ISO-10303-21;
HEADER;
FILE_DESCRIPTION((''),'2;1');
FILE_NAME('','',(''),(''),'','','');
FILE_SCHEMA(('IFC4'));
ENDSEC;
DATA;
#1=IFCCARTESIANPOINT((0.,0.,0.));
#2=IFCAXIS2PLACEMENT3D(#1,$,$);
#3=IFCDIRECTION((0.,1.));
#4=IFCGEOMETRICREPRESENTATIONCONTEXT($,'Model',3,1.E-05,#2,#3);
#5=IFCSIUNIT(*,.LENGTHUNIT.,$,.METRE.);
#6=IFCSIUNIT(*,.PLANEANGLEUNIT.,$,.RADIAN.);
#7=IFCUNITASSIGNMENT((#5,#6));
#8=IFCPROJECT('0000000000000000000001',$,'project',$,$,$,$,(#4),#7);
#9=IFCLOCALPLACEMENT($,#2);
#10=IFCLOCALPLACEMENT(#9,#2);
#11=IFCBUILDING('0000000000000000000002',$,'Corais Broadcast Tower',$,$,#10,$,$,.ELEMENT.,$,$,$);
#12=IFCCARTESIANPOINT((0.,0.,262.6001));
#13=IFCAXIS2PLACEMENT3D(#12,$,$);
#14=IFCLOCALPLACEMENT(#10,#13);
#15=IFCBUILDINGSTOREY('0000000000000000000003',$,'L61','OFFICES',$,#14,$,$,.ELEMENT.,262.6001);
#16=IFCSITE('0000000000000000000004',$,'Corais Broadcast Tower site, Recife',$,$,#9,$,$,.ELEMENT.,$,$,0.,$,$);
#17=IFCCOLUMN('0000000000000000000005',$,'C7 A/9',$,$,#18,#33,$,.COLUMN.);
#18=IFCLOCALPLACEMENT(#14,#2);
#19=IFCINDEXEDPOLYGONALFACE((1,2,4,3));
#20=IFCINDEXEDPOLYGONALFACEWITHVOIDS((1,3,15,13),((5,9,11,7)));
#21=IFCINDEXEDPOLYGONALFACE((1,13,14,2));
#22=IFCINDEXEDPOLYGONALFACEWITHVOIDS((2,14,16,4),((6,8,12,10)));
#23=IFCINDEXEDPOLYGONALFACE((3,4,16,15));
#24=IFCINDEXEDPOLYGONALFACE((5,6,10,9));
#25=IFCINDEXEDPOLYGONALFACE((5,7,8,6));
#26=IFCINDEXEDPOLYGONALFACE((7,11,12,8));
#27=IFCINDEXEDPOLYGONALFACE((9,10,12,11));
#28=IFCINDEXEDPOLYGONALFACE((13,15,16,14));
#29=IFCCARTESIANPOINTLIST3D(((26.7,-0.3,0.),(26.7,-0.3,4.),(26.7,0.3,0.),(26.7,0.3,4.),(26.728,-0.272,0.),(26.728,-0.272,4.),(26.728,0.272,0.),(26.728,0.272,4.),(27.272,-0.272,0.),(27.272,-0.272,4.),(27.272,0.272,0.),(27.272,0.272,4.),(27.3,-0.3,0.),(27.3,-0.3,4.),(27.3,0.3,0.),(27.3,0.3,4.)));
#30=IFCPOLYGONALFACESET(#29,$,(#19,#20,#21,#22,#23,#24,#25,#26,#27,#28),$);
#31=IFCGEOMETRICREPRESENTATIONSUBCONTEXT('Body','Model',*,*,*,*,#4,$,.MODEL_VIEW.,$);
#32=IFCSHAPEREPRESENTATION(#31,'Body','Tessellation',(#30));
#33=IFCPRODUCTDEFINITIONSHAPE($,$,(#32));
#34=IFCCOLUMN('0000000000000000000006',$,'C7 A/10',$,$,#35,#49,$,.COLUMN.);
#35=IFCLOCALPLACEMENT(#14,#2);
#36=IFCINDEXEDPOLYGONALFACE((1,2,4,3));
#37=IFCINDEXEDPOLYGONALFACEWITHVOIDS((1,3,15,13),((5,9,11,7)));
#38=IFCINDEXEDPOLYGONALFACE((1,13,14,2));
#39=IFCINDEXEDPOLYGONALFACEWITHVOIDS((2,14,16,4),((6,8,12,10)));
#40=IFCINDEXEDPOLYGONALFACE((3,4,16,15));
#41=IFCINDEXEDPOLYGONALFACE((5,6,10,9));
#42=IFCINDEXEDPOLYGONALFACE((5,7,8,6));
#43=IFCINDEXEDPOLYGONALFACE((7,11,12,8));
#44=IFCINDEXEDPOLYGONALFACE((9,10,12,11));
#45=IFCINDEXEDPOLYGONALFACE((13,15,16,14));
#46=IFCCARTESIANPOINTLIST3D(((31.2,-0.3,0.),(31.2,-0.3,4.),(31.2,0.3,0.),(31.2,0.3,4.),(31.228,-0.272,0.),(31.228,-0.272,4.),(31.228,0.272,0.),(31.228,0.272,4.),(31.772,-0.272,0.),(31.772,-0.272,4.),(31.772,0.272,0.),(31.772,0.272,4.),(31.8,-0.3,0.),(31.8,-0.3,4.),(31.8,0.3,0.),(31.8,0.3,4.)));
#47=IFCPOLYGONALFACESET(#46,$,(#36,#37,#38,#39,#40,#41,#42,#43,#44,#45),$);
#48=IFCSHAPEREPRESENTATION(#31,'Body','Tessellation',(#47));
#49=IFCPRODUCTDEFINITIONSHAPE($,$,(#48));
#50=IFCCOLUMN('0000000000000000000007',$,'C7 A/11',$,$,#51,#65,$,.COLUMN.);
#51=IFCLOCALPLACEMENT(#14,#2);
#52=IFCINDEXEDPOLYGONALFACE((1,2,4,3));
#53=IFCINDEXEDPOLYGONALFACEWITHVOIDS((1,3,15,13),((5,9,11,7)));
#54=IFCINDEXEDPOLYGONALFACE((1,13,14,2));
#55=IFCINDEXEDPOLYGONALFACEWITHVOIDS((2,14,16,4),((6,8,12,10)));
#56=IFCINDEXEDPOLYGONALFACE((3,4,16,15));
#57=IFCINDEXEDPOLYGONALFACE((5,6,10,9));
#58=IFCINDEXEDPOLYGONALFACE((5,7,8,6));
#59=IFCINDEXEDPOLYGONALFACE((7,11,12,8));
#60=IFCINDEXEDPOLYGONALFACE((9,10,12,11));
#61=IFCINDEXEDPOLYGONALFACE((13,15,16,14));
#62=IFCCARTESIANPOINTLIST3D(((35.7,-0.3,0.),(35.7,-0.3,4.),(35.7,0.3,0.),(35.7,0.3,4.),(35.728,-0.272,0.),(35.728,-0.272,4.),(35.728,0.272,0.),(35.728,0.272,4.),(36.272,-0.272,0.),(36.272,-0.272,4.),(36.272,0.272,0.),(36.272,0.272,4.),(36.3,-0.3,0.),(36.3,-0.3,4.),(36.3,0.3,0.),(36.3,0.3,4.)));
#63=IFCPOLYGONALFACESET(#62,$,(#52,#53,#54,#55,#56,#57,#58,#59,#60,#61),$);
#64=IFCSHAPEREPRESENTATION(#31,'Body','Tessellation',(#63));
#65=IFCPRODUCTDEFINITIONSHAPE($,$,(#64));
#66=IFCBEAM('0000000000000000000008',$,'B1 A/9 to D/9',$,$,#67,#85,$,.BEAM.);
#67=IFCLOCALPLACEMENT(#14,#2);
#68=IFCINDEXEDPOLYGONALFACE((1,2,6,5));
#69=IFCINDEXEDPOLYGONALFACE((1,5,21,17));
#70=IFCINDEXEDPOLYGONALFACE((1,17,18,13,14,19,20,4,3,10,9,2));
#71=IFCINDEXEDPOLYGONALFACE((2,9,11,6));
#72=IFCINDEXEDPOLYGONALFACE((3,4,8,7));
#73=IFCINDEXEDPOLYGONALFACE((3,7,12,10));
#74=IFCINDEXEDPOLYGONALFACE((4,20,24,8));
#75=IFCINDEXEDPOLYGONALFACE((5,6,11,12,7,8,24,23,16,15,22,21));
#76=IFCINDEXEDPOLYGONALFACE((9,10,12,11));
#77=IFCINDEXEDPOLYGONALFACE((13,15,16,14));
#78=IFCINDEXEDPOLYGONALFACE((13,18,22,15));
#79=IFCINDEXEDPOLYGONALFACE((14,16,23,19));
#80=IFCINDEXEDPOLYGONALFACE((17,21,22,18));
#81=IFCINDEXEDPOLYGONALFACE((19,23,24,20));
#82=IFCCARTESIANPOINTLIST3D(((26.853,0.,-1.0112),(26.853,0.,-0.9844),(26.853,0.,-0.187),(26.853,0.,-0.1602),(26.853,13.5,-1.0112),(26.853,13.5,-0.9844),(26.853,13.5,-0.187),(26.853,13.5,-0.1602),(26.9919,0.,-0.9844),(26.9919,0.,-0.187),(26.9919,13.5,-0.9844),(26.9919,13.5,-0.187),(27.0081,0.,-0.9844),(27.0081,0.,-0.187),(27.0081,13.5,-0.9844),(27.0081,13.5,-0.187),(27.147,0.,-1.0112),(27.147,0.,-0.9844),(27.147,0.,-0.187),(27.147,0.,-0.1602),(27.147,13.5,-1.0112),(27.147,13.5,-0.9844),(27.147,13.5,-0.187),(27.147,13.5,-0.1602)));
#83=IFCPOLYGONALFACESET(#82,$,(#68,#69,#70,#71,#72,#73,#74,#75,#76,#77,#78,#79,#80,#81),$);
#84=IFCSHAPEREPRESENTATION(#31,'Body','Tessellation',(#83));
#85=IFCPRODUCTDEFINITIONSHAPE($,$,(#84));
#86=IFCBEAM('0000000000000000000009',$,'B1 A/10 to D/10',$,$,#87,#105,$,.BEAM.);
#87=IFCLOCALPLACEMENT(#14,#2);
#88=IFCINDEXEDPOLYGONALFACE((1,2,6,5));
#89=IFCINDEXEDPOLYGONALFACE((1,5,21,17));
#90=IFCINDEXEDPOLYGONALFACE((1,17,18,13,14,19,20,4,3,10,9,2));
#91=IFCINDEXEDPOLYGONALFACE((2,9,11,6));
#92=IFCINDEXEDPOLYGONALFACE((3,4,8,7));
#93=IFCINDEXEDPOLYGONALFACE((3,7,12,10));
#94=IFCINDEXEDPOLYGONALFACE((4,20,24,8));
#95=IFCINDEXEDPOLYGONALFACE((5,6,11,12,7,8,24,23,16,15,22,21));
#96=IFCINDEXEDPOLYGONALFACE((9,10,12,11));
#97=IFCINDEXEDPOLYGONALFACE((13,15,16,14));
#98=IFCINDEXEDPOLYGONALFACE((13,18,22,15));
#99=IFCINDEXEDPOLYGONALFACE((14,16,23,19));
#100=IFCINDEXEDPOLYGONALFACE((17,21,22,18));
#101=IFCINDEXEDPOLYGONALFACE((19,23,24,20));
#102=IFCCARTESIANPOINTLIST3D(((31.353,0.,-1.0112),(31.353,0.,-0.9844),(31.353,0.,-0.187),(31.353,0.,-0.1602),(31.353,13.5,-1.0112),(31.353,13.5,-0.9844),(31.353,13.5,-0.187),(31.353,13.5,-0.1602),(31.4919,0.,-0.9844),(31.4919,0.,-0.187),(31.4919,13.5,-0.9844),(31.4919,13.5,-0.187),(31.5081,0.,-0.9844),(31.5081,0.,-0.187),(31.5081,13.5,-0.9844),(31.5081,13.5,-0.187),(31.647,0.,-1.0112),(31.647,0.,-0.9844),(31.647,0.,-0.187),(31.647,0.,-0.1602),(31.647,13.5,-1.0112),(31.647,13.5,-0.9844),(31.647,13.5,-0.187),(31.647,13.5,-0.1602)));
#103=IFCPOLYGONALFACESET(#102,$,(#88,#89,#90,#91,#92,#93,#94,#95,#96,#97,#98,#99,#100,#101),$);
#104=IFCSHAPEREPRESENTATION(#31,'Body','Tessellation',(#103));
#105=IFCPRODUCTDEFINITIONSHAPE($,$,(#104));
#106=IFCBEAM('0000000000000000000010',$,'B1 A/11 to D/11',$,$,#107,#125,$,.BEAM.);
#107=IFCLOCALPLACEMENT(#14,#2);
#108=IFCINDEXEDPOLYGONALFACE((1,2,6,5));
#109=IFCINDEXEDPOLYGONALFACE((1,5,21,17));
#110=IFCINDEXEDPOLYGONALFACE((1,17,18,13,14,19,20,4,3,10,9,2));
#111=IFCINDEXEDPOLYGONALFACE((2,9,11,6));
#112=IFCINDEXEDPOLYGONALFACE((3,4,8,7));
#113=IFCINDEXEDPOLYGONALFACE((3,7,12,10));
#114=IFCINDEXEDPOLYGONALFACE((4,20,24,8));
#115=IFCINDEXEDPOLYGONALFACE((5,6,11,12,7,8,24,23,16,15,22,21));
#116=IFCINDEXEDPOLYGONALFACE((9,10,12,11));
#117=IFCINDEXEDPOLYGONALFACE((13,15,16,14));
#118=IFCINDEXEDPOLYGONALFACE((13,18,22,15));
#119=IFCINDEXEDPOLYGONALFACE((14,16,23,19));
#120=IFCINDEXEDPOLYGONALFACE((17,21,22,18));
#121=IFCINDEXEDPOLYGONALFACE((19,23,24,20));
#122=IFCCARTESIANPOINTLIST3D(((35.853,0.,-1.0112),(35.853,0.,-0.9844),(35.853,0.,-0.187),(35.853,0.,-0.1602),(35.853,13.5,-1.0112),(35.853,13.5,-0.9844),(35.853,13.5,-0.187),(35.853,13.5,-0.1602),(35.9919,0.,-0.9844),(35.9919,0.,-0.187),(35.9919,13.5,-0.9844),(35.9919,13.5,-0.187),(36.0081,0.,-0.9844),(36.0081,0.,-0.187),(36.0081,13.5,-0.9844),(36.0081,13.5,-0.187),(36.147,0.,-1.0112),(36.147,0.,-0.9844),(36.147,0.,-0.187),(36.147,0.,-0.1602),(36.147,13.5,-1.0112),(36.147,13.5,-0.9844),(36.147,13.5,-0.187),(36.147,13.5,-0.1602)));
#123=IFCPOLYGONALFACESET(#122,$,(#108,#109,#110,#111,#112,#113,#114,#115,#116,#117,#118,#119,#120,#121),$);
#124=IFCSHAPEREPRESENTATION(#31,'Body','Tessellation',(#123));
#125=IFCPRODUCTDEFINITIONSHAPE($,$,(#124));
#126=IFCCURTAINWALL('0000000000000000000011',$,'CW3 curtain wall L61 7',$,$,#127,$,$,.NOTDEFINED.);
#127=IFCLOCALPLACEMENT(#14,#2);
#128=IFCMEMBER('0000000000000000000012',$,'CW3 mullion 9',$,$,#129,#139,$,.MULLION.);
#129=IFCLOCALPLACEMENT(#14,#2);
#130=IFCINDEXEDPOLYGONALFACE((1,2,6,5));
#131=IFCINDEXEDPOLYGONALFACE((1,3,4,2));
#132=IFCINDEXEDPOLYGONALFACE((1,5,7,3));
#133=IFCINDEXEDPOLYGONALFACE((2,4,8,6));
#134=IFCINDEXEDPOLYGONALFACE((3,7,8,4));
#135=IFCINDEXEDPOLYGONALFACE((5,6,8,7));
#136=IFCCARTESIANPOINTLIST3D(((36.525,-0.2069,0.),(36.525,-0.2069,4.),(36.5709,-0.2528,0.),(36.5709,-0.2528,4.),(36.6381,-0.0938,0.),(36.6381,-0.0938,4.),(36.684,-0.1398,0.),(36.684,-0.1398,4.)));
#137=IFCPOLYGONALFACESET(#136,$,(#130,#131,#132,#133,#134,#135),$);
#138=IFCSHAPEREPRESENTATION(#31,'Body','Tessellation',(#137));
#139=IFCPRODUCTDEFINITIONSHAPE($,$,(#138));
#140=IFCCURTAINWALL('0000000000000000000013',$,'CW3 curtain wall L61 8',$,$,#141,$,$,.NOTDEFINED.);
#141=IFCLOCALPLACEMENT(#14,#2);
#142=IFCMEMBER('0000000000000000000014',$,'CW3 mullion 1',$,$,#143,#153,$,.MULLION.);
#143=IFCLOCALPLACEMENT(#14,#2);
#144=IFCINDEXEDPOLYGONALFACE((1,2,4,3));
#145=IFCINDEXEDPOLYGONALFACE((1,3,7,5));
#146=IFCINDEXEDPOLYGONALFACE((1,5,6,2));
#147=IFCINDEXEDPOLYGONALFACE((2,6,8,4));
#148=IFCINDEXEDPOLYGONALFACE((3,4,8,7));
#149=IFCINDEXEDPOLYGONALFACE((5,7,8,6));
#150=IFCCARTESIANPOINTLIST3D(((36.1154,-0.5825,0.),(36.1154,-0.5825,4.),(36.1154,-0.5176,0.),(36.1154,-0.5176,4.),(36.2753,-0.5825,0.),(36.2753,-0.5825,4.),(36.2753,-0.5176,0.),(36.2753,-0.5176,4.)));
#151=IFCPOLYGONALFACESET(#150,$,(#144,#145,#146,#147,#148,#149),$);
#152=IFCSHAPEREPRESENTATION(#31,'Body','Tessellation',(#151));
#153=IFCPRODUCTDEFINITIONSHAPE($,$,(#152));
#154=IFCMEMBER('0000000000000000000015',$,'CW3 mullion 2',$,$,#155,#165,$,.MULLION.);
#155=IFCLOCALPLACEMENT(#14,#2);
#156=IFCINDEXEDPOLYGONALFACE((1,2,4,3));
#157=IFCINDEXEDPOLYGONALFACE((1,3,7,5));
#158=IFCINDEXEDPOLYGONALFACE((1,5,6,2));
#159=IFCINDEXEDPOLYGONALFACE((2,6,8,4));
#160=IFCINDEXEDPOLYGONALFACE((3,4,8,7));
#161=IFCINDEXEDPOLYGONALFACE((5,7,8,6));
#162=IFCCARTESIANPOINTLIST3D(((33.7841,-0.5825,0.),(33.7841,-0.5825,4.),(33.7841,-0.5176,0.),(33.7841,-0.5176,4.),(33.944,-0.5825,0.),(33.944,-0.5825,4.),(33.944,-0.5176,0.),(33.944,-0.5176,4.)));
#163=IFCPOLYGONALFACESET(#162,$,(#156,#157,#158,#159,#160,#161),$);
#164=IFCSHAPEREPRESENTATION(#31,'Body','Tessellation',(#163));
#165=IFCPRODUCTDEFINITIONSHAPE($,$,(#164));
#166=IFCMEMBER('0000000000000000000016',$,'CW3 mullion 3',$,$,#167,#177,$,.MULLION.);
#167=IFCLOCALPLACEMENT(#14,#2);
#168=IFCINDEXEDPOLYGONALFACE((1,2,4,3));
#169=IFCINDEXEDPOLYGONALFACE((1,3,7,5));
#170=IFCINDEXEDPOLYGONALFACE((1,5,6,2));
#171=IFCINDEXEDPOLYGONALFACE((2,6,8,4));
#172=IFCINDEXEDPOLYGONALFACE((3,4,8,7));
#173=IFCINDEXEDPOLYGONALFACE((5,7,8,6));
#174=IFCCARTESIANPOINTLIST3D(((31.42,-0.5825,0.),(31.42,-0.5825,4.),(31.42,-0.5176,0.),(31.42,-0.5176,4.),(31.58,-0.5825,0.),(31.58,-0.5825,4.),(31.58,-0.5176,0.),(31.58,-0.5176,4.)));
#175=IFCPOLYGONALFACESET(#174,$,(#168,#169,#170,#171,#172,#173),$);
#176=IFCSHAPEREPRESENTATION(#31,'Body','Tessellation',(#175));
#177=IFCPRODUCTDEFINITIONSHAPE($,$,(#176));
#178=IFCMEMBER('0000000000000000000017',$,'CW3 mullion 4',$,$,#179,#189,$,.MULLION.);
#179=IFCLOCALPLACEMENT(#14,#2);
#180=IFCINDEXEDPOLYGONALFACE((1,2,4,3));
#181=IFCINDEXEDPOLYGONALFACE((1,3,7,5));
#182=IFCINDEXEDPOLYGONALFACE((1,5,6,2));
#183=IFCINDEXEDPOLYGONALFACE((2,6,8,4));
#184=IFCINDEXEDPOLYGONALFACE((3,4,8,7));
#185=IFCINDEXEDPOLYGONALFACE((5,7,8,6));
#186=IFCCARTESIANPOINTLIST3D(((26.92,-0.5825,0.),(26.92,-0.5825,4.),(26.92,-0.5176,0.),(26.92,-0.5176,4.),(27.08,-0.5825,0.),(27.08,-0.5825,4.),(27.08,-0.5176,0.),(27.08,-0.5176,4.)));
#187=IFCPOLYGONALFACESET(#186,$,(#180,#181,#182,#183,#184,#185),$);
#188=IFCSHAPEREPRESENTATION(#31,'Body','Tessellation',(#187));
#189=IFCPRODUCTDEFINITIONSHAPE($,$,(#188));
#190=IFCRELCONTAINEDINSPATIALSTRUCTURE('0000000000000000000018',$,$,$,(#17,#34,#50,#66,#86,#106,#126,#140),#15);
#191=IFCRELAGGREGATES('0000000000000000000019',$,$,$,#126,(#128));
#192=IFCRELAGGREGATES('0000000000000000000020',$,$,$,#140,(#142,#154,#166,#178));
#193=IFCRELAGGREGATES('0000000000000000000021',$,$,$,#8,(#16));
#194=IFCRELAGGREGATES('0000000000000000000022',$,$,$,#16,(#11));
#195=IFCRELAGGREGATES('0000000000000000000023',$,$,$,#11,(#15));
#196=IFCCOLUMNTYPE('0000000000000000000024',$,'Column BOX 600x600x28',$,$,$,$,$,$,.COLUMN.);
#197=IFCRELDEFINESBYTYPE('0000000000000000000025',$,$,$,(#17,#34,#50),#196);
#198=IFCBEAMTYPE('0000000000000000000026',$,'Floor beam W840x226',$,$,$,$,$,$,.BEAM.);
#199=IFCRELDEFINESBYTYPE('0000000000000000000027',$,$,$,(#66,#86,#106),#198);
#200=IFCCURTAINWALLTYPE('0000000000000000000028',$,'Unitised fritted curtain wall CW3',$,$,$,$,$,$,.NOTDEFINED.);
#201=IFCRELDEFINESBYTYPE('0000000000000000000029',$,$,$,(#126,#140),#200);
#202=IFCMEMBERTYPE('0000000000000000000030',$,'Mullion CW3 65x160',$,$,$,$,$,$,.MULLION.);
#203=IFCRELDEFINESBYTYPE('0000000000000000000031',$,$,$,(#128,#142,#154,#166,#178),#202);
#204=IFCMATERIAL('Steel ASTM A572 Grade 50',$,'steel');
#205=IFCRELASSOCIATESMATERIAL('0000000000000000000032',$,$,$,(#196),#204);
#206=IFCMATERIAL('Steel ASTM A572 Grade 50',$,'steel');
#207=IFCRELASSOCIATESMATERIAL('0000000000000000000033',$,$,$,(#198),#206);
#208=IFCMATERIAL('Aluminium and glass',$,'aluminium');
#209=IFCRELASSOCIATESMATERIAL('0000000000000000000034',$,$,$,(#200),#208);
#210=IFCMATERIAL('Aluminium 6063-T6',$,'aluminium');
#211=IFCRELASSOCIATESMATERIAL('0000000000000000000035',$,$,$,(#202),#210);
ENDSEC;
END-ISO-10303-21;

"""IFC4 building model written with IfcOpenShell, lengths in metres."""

from ifc_helpers import new_model, si_unit, direction, frame, origin, origin_2d, place, context, subcontext, project, spatial, rectangle, hollow_rectangle, i_section, extrude, material, material_profile, profile_set, type_object, element, aggregate, save


model = new_model("IFC4")

# Units and contexts
model_context = context("Model", 3, precision=1e-05, world=origin(), true_north=direction((0.0, 1.0)))
body_context = subcontext(model_context, "Body", "Model", "MODEL_VIEW")
ifc_project = project(units=[si_unit("LENGTHUNIT", "METRE"), si_unit("PLANEANGLEUNIT", "RADIAN")], contexts=[model_context])

# Site, building, storey
site_placement = place(None, origin())
site = spatial("IfcSite", under=ifc_project, at=site_placement, Name="Corais Broadcast Tower site, Recife", CompositionType="ELEMENT", RefElevation=0.0)
building_placement = place(site_placement, origin())
building = spatial("IfcBuilding", under=site, at=building_placement, Name="Corais Broadcast Tower", CompositionType="ELEMENT")
storey_placement = place(building_placement, frame((0.0, 0.0, 262.6001)))
storey = spatial("IfcBuildingStorey", under=building, at=storey_placement, Name="L61", Description="OFFICES", CompositionType="ELEMENT", Elevation=262.6001)

# Columns
ifc_material_1 = material(Name="Steel ASTM A572 Grade 50", Category="steel")
ifc_material_profile_1 = material_profile(ifc_material_1, hollow_rectangle(XDim=0.6001, YDim=0.6001, WallThickness=0.0281, at=origin_2d()), Name="BOX 600x600x28")
ifc_profile_set_1 = profile_set([ifc_material_profile_1], Name="Steel ASTM A572 Grade 50")
column_type = type_object("IfcColumnType", Name="Column BOX 600x600x28", PredefinedType="COLUMN", material=ifc_profile_set_1)
for number, where, z_axis, x_axis, name in (
    (1, (27.0, 0.0, 0.0), (0.0, 0.0, 1.0), (1.0, 0.0, 0.0), "C7 A/9"),
    (2, (31.5, 0.0, 0.0), (0.0, 0.0, 1.0), (1.0, 0.0, 0.0), "C7 A/10"),
    (3, (36.0, 0.0, 0.0), (0.0, 0.0, 1.0), (1.0, 0.0, 0.0), "C7 A/11"),
):
    element("IfcColumn", number, at=place(storey_placement, frame(where, z_axis=z_axis, x_axis=x_axis)), inside=storey, type_object=column_type, Name=name, PredefinedType="COLUMN", context=body_context, shape_type="SweptSolid", body=[
        extrude(hollow_rectangle(XDim=0.6001, YDim=0.6001, WallThickness=0.0281, at=origin_2d()), origin(), (0.0, 0.0, 1.0), 4.0),
    ])

# Beams
ifc_material_2 = material(Name="Steel ASTM A572 Grade 50", Category="steel")
ifc_material_profile_2 = material_profile(ifc_material_2, i_section(OverallWidth=0.2939, OverallDepth=0.8511, WebThickness=0.0161, FlangeThickness=0.0269, at=origin_2d()), Name="W840x226")
ifc_profile_set_2 = profile_set([ifc_material_profile_2], Name="Steel ASTM A572 Grade 50")
beam_type_1 = type_object("IfcBeamType", Name="Floor beam W840x226", PredefinedType="BEAM", material=ifc_profile_set_2)
for number, where, z_axis, x_axis, name in (
    (4, (27.0, 0.0, -0.5857), (0.0, 1.0, 0.0), (-1.0, 0.0, 0.0), "B1 A/9 to D/9"),
    (5, (31.5, 0.0, -0.5857), (0.0, 1.0, 0.0), (-1.0, 0.0, 0.0), "B1 A/10 to D/10"),
    (6, (36.0, 0.0, -0.5857), (0.0, 1.0, 0.0), (-1.0, 0.0, 0.0), "B1 A/11 to D/11"),
):
    element("IfcBeam", number, at=place(storey_placement, frame(where, z_axis=z_axis, x_axis=x_axis)), inside=storey, type_object=beam_type_1, Name=name, PredefinedType="BEAM", context=body_context, shape_type="SweptSolid", body=[
        extrude(i_section(OverallWidth=0.2939, OverallDepth=0.8511, WebThickness=0.0161, FlangeThickness=0.0269, at=origin_2d()), origin(), (0.0, 0.0, 1.0), 13.5),
    ])

# Curtain wall, member
ifc_material_3 = material(Name="Aluminium and glass", Category="aluminium")
curtain_wall_type = type_object("IfcCurtainWallType", Name="Unitised fritted curtain wall CW3", PredefinedType="NOTDEFINED", material=ifc_material_3)
curtain_wall_1_placement = place(storey_placement, origin())
curtain_wall_1 = element("IfcCurtainWall", 7, at=curtain_wall_1_placement, inside=storey, type_object=curtain_wall_type, Name="CW3 curtain wall L61 7", PredefinedType="NOTDEFINED")
ifc_material_4 = material(Name="Aluminium 6063-T6", Category="aluminium")
ifc_material_profile_3 = material_profile(ifc_material_4, rectangle(XDim=0.0649, YDim=0.1599, at=origin_2d()), Name="Mullion CW3 65x160")
ifc_profile_set_3 = profile_set([ifc_material_profile_3], Name="Aluminium 6063-T6")
member_type_1 = type_object("IfcMemberType", Name="Mullion CW3 65x160", PredefinedType="MULLION", material=ifc_profile_set_3)
member_1_placement = place(storey_placement, frame((36.6045, -0.1733, 0.0), z_axis=(0.0, 0.0, 1.0), x_axis=(0.707107, -0.707107, 0.0)))
member_1 = element("IfcMember", 8, at=member_1_placement, type_object=member_type_1, Name="CW3 mullion 9", PredefinedType="MULLION", context=body_context, shape_type="SweptSolid", body=[
    extrude(rectangle(XDim=0.0649, YDim=0.1599, at=origin_2d()), origin(), (0.0, 0.0, 1.0), 4.0),
])

# Curtain wall, members
curtain_wall_2_placement = place(storey_placement, origin())
curtain_wall_2 = element("IfcCurtainWall", 9, at=curtain_wall_2_placement, inside=storey, type_object=curtain_wall_type, Name="CW3 curtain wall L61 8", PredefinedType="NOTDEFINED")
member_2_placement = place(storey_placement, frame((36.1953, -0.55, 0.0), z_axis=(0.0, 0.0, 1.0), x_axis=(0.0, -1.0, 0.0)))
member_2 = element("IfcMember", 10, at=member_2_placement, type_object=member_type_1, Name="CW3 mullion 1", PredefinedType="MULLION", context=body_context, shape_type="SweptSolid", body=[
    extrude(rectangle(XDim=0.0649, YDim=0.1599, at=origin_2d()), origin(), (0.0, 0.0, 1.0), 4.0),
])
member_3_placement = place(storey_placement, frame((33.864, -0.55, 0.0), z_axis=(0.0, 0.0, 1.0), x_axis=(0.0, -1.0, 0.0)))
member_3 = element("IfcMember", 11, at=member_3_placement, type_object=member_type_1, Name="CW3 mullion 2", PredefinedType="MULLION", context=body_context, shape_type="SweptSolid", body=[
    extrude(rectangle(XDim=0.0649, YDim=0.1599, at=origin_2d()), origin(), (0.0, 0.0, 1.0), 4.0),
])
member_4_placement = place(storey_placement, frame((31.5, -0.55, 0.0), z_axis=(0.0, 0.0, 1.0), x_axis=(0.0, -1.0, 0.0)))
member_4 = element("IfcMember", 12, at=member_4_placement, type_object=member_type_1, Name="CW3 mullion 3", PredefinedType="MULLION", context=body_context, shape_type="SweptSolid", body=[
    extrude(rectangle(XDim=0.0649, YDim=0.1599, at=origin_2d()), origin(), (0.0, 0.0, 1.0), 4.0),
])
member_5_placement = place(storey_placement, frame((27.0, -0.55, 0.0), z_axis=(0.0, 0.0, 1.0), x_axis=(0.0, -1.0, 0.0)))
member_5 = element("IfcMember", 13, at=member_5_placement, type_object=member_type_1, Name="CW3 mullion 4", PredefinedType="MULLION", context=body_context, shape_type="SweptSolid", body=[
    extrude(rectangle(XDim=0.0649, YDim=0.1599, at=origin_2d()), origin(), (0.0, 0.0, 1.0), 4.0),
])

aggregate(curtain_wall_1, [member_1])
aggregate(curtain_wall_2, [member_2, member_3, member_4, member_5])

save(model, "model.ifc")
